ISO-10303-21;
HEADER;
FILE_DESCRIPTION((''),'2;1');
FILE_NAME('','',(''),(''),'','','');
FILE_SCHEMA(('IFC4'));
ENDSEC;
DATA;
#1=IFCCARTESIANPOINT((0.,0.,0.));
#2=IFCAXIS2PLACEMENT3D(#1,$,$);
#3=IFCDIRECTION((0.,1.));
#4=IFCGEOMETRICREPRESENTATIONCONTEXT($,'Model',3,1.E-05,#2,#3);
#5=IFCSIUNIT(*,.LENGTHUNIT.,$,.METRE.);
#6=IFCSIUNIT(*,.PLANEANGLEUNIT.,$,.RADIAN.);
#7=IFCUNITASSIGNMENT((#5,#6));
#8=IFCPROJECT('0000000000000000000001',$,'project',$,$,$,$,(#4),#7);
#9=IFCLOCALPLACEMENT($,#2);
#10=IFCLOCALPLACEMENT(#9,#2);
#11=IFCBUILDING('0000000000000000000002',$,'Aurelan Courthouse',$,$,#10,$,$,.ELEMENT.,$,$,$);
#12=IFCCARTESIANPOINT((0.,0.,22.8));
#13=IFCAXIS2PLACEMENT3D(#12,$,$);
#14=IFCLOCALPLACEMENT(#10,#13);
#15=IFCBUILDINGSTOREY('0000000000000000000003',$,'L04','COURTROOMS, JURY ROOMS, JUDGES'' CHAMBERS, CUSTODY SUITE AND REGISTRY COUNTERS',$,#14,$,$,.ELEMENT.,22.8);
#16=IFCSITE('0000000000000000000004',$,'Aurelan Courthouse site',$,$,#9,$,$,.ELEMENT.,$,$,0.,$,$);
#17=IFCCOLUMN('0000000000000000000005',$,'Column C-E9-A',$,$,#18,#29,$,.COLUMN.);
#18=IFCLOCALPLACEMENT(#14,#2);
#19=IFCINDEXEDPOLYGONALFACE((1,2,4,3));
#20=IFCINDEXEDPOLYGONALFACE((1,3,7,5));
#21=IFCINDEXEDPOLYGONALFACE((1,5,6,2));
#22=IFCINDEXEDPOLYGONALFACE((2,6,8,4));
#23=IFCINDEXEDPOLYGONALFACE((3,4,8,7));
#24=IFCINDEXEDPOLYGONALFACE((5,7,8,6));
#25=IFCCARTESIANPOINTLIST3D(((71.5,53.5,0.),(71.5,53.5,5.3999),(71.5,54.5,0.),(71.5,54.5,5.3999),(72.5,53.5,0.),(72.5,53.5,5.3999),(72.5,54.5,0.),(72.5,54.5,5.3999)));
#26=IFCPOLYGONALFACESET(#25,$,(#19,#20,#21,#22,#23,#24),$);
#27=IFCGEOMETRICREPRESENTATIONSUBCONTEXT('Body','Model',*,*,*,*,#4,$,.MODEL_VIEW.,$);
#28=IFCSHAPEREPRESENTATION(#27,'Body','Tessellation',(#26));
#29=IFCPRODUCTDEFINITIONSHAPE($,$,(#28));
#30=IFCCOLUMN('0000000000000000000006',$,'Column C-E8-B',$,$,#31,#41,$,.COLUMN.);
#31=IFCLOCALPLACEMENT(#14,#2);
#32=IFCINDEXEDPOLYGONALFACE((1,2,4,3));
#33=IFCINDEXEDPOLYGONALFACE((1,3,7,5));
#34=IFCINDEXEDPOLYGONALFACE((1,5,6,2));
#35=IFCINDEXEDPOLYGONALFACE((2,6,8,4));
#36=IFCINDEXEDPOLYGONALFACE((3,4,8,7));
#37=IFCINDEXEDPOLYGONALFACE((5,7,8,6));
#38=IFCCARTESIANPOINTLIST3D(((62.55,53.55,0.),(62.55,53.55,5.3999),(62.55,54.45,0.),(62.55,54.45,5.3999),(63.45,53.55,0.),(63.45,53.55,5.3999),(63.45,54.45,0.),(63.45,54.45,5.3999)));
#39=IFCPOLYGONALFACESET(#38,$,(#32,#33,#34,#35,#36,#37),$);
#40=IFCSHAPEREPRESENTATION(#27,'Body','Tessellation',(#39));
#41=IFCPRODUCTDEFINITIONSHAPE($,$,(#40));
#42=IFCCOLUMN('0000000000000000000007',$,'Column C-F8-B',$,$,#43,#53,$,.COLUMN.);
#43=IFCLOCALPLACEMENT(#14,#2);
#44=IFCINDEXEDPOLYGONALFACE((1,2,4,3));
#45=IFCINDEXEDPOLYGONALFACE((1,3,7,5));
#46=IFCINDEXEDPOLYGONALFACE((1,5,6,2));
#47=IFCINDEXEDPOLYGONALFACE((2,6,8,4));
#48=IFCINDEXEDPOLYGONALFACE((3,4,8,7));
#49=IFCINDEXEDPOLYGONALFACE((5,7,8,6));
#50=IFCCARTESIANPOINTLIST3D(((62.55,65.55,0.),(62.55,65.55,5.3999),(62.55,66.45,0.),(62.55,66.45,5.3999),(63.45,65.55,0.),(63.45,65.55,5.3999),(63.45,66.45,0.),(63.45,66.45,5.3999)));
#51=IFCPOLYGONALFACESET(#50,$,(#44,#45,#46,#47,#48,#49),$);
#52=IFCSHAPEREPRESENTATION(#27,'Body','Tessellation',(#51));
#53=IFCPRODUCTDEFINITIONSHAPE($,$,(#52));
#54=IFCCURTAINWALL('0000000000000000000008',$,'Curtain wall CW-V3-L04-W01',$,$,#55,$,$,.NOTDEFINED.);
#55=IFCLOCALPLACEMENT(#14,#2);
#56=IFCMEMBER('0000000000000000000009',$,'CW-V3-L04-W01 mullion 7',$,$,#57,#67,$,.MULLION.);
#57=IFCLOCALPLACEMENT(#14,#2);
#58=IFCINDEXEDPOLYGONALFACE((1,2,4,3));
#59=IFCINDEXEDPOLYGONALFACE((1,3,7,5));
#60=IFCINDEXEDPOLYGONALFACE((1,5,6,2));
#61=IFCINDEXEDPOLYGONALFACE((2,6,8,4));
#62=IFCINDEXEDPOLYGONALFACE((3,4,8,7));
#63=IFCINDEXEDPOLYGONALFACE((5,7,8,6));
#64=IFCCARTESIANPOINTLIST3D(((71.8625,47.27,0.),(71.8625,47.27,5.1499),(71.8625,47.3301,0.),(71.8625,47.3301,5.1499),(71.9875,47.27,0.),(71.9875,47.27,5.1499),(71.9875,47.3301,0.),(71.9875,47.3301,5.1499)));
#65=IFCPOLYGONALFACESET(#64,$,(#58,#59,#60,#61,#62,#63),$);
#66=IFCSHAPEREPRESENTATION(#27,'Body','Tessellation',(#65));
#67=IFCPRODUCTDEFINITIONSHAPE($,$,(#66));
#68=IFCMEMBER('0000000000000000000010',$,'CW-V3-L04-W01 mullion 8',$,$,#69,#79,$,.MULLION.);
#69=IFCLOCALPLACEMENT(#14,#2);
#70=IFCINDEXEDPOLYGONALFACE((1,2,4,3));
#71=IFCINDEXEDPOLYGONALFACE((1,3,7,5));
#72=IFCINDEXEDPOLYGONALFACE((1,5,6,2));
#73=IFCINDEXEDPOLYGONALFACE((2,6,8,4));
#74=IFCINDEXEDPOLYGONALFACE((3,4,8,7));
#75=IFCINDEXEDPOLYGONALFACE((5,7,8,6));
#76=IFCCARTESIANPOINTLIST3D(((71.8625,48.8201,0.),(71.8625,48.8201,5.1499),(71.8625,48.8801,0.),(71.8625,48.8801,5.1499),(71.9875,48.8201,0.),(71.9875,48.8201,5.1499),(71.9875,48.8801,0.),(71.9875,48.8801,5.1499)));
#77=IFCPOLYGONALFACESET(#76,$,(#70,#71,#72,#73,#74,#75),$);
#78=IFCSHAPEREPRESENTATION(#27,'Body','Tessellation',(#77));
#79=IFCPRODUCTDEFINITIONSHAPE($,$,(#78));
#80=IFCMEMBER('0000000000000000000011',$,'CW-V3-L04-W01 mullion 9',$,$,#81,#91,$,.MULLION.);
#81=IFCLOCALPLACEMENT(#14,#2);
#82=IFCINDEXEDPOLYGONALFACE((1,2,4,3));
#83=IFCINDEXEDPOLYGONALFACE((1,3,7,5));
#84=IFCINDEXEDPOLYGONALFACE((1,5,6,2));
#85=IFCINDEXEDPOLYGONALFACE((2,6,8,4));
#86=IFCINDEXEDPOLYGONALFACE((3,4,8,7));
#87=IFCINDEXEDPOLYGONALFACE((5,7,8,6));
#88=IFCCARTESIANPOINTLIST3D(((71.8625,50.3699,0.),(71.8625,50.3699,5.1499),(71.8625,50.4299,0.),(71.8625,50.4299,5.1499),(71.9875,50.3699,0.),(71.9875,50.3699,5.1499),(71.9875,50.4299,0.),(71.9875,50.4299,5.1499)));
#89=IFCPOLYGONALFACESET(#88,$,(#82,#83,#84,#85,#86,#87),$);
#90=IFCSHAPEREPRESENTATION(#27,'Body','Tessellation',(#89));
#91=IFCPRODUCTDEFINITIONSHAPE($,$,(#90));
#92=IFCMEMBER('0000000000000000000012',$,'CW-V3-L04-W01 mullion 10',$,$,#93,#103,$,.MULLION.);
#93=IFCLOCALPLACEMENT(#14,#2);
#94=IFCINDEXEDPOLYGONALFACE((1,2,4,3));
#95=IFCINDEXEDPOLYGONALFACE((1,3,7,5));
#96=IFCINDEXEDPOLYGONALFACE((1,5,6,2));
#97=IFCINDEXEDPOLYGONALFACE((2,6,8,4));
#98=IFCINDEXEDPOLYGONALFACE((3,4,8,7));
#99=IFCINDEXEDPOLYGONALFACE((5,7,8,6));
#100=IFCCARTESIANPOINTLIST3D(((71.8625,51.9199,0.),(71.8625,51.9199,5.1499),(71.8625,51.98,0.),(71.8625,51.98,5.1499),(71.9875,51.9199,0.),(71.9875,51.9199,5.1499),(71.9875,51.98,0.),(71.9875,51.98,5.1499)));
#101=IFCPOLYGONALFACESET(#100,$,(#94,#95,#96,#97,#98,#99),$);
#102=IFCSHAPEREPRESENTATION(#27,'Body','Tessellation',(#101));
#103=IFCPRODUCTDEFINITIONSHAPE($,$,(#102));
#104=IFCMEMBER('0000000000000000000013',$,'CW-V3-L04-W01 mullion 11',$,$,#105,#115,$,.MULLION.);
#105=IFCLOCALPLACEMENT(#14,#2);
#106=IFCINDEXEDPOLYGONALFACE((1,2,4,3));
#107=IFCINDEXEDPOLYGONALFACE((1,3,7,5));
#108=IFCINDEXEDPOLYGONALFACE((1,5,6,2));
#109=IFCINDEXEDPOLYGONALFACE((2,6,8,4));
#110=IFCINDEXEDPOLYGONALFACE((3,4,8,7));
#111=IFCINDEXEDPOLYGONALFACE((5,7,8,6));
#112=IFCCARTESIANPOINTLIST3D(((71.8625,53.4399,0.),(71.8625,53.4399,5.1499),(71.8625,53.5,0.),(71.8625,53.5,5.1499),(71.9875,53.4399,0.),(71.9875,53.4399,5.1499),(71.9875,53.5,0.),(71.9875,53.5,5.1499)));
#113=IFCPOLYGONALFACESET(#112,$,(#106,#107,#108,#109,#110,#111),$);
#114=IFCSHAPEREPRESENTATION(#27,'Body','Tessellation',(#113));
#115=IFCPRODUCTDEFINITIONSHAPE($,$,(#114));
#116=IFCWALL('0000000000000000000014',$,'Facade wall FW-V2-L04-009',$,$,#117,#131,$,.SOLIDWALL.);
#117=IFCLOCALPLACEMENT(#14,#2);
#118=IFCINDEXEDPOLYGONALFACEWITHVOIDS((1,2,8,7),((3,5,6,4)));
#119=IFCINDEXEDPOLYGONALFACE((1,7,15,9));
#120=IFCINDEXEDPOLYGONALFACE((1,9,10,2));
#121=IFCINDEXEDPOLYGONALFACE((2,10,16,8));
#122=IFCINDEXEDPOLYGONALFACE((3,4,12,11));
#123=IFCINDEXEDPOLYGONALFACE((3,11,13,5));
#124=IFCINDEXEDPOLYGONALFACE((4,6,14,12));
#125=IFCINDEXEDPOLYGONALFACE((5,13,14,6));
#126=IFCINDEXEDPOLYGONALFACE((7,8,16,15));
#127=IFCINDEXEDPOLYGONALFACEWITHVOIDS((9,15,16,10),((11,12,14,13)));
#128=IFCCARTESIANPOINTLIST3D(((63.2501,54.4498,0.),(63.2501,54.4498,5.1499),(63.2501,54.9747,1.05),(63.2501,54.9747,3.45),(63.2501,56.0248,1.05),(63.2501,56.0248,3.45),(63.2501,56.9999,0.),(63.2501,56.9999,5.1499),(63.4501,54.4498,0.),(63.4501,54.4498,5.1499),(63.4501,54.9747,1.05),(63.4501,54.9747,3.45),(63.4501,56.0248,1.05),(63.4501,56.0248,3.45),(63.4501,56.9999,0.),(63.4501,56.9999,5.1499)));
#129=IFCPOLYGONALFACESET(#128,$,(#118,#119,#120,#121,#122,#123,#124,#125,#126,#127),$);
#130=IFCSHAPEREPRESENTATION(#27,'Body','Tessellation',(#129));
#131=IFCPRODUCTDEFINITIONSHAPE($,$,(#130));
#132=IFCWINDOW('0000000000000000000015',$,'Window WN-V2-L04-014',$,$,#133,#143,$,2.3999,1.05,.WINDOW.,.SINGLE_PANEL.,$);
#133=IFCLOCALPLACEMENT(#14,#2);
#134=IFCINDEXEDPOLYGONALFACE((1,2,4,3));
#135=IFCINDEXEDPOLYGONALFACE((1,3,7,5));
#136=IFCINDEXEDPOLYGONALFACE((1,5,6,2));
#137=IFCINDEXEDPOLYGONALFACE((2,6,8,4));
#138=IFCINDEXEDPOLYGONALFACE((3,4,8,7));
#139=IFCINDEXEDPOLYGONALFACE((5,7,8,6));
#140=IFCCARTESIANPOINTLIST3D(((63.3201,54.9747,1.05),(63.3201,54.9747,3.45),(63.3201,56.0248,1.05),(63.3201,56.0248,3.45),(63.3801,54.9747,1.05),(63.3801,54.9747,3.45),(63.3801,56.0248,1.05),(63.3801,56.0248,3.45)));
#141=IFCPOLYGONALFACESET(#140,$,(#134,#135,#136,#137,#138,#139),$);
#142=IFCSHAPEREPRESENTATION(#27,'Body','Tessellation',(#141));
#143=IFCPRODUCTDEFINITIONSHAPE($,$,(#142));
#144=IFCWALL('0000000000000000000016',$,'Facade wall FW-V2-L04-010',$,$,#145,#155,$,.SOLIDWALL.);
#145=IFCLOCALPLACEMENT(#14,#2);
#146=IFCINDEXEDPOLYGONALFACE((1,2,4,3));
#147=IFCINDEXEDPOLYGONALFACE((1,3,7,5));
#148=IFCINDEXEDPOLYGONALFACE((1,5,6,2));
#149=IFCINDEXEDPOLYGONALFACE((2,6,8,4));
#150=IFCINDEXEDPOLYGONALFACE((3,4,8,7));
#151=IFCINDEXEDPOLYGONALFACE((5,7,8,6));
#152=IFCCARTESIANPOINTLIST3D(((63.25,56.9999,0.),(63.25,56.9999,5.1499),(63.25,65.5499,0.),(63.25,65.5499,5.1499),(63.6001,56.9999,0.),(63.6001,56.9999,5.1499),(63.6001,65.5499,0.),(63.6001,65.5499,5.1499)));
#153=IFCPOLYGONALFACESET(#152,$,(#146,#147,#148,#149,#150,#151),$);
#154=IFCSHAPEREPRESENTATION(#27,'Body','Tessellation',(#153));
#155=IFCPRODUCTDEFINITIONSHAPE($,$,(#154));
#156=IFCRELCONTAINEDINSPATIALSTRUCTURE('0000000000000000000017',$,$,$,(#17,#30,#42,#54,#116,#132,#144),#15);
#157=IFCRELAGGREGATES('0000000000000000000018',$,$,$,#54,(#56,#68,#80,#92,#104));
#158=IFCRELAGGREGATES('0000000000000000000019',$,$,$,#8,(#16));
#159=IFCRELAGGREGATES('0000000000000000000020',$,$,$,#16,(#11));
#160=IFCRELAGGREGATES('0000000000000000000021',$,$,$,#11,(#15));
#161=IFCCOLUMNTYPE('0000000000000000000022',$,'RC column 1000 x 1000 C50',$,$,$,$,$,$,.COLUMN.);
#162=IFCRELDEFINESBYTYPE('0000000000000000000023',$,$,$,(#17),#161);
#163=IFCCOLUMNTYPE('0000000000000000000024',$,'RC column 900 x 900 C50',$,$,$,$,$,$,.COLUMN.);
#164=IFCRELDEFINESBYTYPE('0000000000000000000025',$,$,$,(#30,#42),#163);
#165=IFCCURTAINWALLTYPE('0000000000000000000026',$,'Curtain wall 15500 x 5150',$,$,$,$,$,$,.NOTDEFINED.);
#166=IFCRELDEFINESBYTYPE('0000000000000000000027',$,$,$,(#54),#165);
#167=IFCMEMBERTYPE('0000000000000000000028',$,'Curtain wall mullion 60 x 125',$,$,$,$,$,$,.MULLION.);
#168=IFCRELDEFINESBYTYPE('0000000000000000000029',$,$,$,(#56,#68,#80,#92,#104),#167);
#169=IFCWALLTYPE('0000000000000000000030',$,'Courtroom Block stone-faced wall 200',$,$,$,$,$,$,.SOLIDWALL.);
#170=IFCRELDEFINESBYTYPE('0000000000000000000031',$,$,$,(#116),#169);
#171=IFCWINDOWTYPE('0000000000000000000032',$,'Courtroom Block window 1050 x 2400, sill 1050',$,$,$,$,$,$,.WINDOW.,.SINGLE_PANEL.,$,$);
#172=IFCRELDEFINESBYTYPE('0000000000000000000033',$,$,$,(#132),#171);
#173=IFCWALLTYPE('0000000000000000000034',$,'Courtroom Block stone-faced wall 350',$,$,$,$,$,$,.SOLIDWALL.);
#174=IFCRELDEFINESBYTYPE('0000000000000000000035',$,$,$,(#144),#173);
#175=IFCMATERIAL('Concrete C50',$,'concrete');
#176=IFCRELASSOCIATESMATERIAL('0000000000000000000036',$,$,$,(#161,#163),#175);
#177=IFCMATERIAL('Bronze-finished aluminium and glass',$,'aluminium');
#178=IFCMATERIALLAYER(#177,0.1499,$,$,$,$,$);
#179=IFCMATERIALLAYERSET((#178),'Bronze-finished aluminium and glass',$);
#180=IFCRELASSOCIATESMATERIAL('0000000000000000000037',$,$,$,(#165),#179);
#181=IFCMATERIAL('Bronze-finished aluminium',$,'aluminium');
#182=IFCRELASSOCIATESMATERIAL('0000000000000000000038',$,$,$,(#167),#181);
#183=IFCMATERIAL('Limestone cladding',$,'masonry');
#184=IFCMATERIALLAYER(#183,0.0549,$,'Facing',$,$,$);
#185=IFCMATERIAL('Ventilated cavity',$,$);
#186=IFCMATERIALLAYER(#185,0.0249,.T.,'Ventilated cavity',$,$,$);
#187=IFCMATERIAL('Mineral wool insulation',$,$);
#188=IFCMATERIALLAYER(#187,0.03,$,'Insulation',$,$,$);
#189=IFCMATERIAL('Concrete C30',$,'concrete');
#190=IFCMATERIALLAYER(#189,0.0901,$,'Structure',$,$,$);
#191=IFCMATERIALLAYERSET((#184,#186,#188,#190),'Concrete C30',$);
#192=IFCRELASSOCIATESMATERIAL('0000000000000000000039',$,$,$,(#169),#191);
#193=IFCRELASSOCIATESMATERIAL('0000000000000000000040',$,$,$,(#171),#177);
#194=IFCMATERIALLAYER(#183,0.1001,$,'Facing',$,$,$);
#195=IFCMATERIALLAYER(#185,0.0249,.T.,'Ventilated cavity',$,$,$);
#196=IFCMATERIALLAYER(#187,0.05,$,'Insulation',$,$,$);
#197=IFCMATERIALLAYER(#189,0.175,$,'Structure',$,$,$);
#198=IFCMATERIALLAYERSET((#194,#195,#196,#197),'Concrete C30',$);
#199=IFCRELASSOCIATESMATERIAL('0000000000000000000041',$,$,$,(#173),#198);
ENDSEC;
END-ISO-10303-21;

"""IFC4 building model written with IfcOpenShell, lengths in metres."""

from ifc_helpers import new_model, si_unit, direction, frame, frame_2d, origin, origin_2d, place, context, subcontext, project, spatial, rectangle, extrude, material, layer, layer_set, material_profile, profile_set, type_object, element, fill, aggregate, save


model = new_model("IFC4")

# Units and contexts
model_context = context("Model", 3, precision=1e-05, world=origin(), true_north=direction((0.0, 1.0)))
body_context = subcontext(model_context, "Body", "Model", "MODEL_VIEW")
ifc_project = project(units=[si_unit("LENGTHUNIT", "METRE"), si_unit("PLANEANGLEUNIT", "RADIAN")], contexts=[model_context])

# Site, building, storey
site_placement = place(None, origin())
site = spatial("IfcSite", under=ifc_project, at=site_placement, Name="Aurelan Courthouse site", CompositionType="ELEMENT", RefElevation=0.0)
building_placement = place(site_placement, origin())
building = spatial("IfcBuilding", under=site, at=building_placement, Name="Aurelan Courthouse", CompositionType="ELEMENT")
storey_placement = place(building_placement, frame((0.0, 0.0, 22.8)))
storey = spatial("IfcBuildingStorey", under=building, at=storey_placement, Name="L04", Description="COURTROOMS, JURY ROOMS, JUDGES' CHAMBERS, CUSTODY SUITE AND REGISTRY COUNTERS", CompositionType="ELEMENT", Elevation=22.8)

# Columns
ifc_material_1 = material(Name="Concrete C50", Category="concrete")
ifc_material_profile_1 = material_profile(ifc_material_1, rectangle(XDim=1.0, YDim=1.0, at=origin_2d()), Name="RC 1000 x 1000")
ifc_profile_set_1 = profile_set([ifc_material_profile_1], Name="Concrete C50")
column_type_1 = type_object("IfcColumnType", Name="RC column 1000 x 1000 C50", PredefinedType="COLUMN", material=ifc_profile_set_1)
column_placement = place(storey_placement, frame((72.0, 54.0, 0.0), z_axis=(0.0, 0.0, 1.0), x_axis=(1.0, 0.0, 0.0)))
element("IfcColumn", 1, at=column_placement, inside=storey, type_object=column_type_1, Name="Column C-E9-A", PredefinedType="COLUMN", context=body_context, shape_type="SweptSolid", body=[
    extrude(rectangle(XDim=1.0, YDim=1.0, at=origin_2d()), origin(), (0.0, 0.0, 1.0), 5.3999),
])
ifc_material_profile_2 = material_profile(ifc_material_1, rectangle(XDim=0.8999, YDim=0.8999, at=origin_2d()), Name="RC 900 x 900")
ifc_profile_set_2 = profile_set([ifc_material_profile_2], Name="Concrete C50")
column_type_2 = type_object("IfcColumnType", Name="RC column 900 x 900 C50", PredefinedType="COLUMN", material=ifc_profile_set_2)
for number, where, z_axis, x_axis, name in (
    (2, (63.0, 54.0, 0.0), (0.0, 0.0, 1.0), (1.0, 0.0, 0.0), "Column C-E8-B"),
    (3, (63.0, 66.0, 0.0), (0.0, 0.0, 1.0), (1.0, 0.0, 0.0), "Column C-F8-B"),
):
    element("IfcColumn", number, at=place(storey_placement, frame(where, z_axis=z_axis, x_axis=x_axis)), inside=storey, type_object=column_type_2, Name=name, PredefinedType="COLUMN", context=body_context, shape_type="SweptSolid", body=[
        extrude(rectangle(XDim=0.8999, YDim=0.8999, at=origin_2d()), origin(), (0.0, 0.0, 1.0), 5.3999),
    ])

# Curtain wall, members
ifc_material_2 = material(Name="Bronze-finished aluminium and glass", Category="aluminium")
ifc_layer_1 = layer(ifc_material_2, 0.1499)
ifc_layer_set_1 = layer_set([ifc_layer_1], Name="Bronze-finished aluminium and glass")
curtain_wall_type = type_object("IfcCurtainWallType", Name="Curtain wall 15500 x 5150", PredefinedType="NOTDEFINED", material=ifc_layer_set_1)
curtain_wall_placement = place(storey_placement, origin())
curtain_wall = element("IfcCurtainWall", 4, at=curtain_wall_placement, inside=storey, type_object=curtain_wall_type, Name="Curtain wall CW-V3-L04-W01", PredefinedType="NOTDEFINED")
ifc_material_3 = material(Name="Bronze-finished aluminium", Category="aluminium")
ifc_material_profile_3 = material_profile(ifc_material_3, rectangle(XDim=0.125, YDim=0.0601, at=origin_2d()), Name="Bronze mullion 60 x 125")
ifc_profile_set_3 = profile_set([ifc_material_profile_3], Name="Bronze-finished aluminium")
member_type = type_object("IfcMemberType", Name="Curtain wall mullion 60 x 125", PredefinedType="MULLION", material=ifc_profile_set_3)
member_1_placement = place(storey_placement, frame((71.925, 47.3, 0.0), z_axis=(0.0, 0.0, 1.0), x_axis=(-1.0, 0.0, 0.0)))
member_1 = element("IfcMember", 5, at=member_1_placement, type_object=member_type, Name="CW-V3-L04-W01 mullion 7", PredefinedType="MULLION", context=body_context, shape_type="SweptSolid", body=[
    extrude(rectangle(XDim=0.125, YDim=0.0601, at=origin_2d()), origin(), (0.0, 0.0, 1.0), 5.1499),
])
member_2_placement = place(storey_placement, frame((71.925, 48.8501, 0.0), z_axis=(0.0, 0.0, 1.0), x_axis=(-1.0, 0.0, 0.0)))
member_2 = element("IfcMember", 6, at=member_2_placement, type_object=member_type, Name="CW-V3-L04-W01 mullion 8", PredefinedType="MULLION", context=body_context, shape_type="SweptSolid", body=[
    extrude(rectangle(XDim=0.125, YDim=0.0601, at=origin_2d()), origin(), (0.0, 0.0, 1.0), 5.1499),
])
member_3_placement = place(storey_placement, frame((71.925, 50.3999, 0.0), z_axis=(0.0, 0.0, 1.0), x_axis=(-1.0, 0.0, 0.0)))
member_3 = element("IfcMember", 7, at=member_3_placement, type_object=member_type, Name="CW-V3-L04-W01 mullion 9", PredefinedType="MULLION", context=body_context, shape_type="SweptSolid", body=[
    extrude(rectangle(XDim=0.125, YDim=0.0601, at=origin_2d()), origin(), (0.0, 0.0, 1.0), 5.1499),
])
member_4_placement = place(storey_placement, frame((71.925, 51.95, 0.0), z_axis=(0.0, 0.0, 1.0), x_axis=(-1.0, 0.0, 0.0)))
member_4 = element("IfcMember", 8, at=member_4_placement, type_object=member_type, Name="CW-V3-L04-W01 mullion 10", PredefinedType="MULLION", context=body_context, shape_type="SweptSolid", body=[
    extrude(rectangle(XDim=0.125, YDim=0.0601, at=origin_2d()), origin(), (0.0, 0.0, 1.0), 5.1499),
])
member_5_placement = place(storey_placement, frame((71.925, 53.47, 0.0), z_axis=(0.0, 0.0, 1.0), x_axis=(-1.0, 0.0, 0.0)))
member_5 = element("IfcMember", 9, at=member_5_placement, type_object=member_type, Name="CW-V3-L04-W01 mullion 11", PredefinedType="MULLION", context=body_context, shape_type="SweptSolid", body=[
    extrude(rectangle(XDim=0.125, YDim=0.0601, at=origin_2d()), origin(), (0.0, 0.0, 1.0), 5.1499),
])
aggregate(curtain_wall, [member_1, member_2, member_3, member_4, member_5])

# Wall, opening, window
ifc_material_4 = material(Name="Limestone cladding", Category="masonry")
ifc_layer_2 = layer(ifc_material_4, 0.0549, Name="Facing")
ifc_material_5 = material(Name="Ventilated cavity")
ifc_layer_3 = layer(ifc_material_5, 0.0249, ventilated=True, Name="Ventilated cavity")
ifc_material_6 = material(Name="Mineral wool insulation")
ifc_layer_4 = layer(ifc_material_6, 0.03, Name="Insulation")
ifc_material_7 = material(Name="Concrete C30", Category="concrete")
ifc_layer_5 = layer(ifc_material_7, 0.0901, Name="Structure")
ifc_layer_set_2 = layer_set([ifc_layer_2, ifc_layer_3, ifc_layer_4, ifc_layer_5], Name="Concrete C30")
wall_type_1 = type_object("IfcWallType", Name="Courtroom Block stone-faced wall 200", PredefinedType="SOLIDWALL", material=ifc_layer_set_2)
wall_1_placement = place(storey_placement, frame((63.3501, 54.45, 0.0), z_axis=(0.0, 0.0, 1.0), x_axis=(0.0, 1.0, 0.0)))
wall_1 = element("IfcWall", 10, at=wall_1_placement, inside=storey, type_object=wall_type_1, Name="Facade wall FW-V2-L04-009", PredefinedType="SOLIDWALL", context=body_context, shape_type="SweptSolid", body=[
    extrude(rectangle(XDim=2.55, YDim=0.2, at=frame_2d((1.2749, 0.0))), origin(), (0.0, 0.0, 1.0), 5.1499),
])
opening_1_placement = place(wall_1_placement, frame((0.5249, 0.0, 1.05)))
opening_1 = element("IfcOpeningElement", 11, at=opening_1_placement, cuts=wall_1, PredefinedType="OPENING", context=body_context, shape_type="SweptSolid", body=[
    extrude(rectangle(XDim=1.05, YDim=2.3999, at=frame_2d((0.5249, 1.2))), frame((0.0, 0.1099, 0.0), z_axis=(0.0, -1.0, 0.0), x_axis=(1.0, 0.0, 0.0)), (0.0, 0.0, 1.0), 0.22),
])
window_type_1 = type_object("IfcWindowType", Name="Courtroom Block window 1050 x 2400, sill 1050", PartitioningType="SINGLE_PANEL", PredefinedType="WINDOW", material=ifc_material_2)
window_1_placement = place(opening_1_placement, origin())
window_1 = element("IfcWindow", 12, at=window_1_placement, inside=storey, type_object=window_type_1, Name="Window WN-V2-L04-014", OverallHeight=2.3999, OverallWidth=1.05, PartitioningType="SINGLE_PANEL", PredefinedType="WINDOW", context=body_context, shape_type="SweptSolid", body=[
    extrude(rectangle(XDim=1.05, YDim=2.3999, at=frame_2d((0.5249, 1.2))), frame((0.0, 0.03, 0.0), z_axis=(0.0, -1.0, 0.0), x_axis=(1.0, 0.0, 0.0)), (0.0, 0.0, 1.0), 0.0601),
])
fill(opening_1, window_1)

# Wall
ifc_layer_6 = layer(ifc_material_4, 0.1001, Name="Facing")
ifc_layer_7 = layer(ifc_material_5, 0.0249, ventilated=True, Name="Ventilated cavity")
ifc_layer_8 = layer(ifc_material_6, 0.05, Name="Insulation")
ifc_layer_9 = layer(ifc_material_7, 0.175, Name="Structure")
ifc_layer_set_3 = layer_set([ifc_layer_6, ifc_layer_7, ifc_layer_8, ifc_layer_9], Name="Concrete C30")
wall_type_2 = type_object("IfcWallType", Name="Courtroom Block stone-faced wall 350", PredefinedType="SOLIDWALL", material=ifc_layer_set_3)
wall_2_placement = place(storey_placement, frame((63.425, 57.0, 0.0), z_axis=(0.0, 0.0, 1.0), x_axis=(0.0, 1.0, 0.0)))
element("IfcWall", 13, at=wall_2_placement, inside=storey, type_object=wall_type_2, Name="Facade wall FW-V2-L04-010", PredefinedType="SOLIDWALL", context=body_context, shape_type="SweptSolid", body=[
    extrude(rectangle(XDim=8.55, YDim=0.3501, at=frame_2d((4.2749, 0.0))), origin(), (0.0, 0.0, 1.0), 5.1499),
])

save(model, "model.ifc")
